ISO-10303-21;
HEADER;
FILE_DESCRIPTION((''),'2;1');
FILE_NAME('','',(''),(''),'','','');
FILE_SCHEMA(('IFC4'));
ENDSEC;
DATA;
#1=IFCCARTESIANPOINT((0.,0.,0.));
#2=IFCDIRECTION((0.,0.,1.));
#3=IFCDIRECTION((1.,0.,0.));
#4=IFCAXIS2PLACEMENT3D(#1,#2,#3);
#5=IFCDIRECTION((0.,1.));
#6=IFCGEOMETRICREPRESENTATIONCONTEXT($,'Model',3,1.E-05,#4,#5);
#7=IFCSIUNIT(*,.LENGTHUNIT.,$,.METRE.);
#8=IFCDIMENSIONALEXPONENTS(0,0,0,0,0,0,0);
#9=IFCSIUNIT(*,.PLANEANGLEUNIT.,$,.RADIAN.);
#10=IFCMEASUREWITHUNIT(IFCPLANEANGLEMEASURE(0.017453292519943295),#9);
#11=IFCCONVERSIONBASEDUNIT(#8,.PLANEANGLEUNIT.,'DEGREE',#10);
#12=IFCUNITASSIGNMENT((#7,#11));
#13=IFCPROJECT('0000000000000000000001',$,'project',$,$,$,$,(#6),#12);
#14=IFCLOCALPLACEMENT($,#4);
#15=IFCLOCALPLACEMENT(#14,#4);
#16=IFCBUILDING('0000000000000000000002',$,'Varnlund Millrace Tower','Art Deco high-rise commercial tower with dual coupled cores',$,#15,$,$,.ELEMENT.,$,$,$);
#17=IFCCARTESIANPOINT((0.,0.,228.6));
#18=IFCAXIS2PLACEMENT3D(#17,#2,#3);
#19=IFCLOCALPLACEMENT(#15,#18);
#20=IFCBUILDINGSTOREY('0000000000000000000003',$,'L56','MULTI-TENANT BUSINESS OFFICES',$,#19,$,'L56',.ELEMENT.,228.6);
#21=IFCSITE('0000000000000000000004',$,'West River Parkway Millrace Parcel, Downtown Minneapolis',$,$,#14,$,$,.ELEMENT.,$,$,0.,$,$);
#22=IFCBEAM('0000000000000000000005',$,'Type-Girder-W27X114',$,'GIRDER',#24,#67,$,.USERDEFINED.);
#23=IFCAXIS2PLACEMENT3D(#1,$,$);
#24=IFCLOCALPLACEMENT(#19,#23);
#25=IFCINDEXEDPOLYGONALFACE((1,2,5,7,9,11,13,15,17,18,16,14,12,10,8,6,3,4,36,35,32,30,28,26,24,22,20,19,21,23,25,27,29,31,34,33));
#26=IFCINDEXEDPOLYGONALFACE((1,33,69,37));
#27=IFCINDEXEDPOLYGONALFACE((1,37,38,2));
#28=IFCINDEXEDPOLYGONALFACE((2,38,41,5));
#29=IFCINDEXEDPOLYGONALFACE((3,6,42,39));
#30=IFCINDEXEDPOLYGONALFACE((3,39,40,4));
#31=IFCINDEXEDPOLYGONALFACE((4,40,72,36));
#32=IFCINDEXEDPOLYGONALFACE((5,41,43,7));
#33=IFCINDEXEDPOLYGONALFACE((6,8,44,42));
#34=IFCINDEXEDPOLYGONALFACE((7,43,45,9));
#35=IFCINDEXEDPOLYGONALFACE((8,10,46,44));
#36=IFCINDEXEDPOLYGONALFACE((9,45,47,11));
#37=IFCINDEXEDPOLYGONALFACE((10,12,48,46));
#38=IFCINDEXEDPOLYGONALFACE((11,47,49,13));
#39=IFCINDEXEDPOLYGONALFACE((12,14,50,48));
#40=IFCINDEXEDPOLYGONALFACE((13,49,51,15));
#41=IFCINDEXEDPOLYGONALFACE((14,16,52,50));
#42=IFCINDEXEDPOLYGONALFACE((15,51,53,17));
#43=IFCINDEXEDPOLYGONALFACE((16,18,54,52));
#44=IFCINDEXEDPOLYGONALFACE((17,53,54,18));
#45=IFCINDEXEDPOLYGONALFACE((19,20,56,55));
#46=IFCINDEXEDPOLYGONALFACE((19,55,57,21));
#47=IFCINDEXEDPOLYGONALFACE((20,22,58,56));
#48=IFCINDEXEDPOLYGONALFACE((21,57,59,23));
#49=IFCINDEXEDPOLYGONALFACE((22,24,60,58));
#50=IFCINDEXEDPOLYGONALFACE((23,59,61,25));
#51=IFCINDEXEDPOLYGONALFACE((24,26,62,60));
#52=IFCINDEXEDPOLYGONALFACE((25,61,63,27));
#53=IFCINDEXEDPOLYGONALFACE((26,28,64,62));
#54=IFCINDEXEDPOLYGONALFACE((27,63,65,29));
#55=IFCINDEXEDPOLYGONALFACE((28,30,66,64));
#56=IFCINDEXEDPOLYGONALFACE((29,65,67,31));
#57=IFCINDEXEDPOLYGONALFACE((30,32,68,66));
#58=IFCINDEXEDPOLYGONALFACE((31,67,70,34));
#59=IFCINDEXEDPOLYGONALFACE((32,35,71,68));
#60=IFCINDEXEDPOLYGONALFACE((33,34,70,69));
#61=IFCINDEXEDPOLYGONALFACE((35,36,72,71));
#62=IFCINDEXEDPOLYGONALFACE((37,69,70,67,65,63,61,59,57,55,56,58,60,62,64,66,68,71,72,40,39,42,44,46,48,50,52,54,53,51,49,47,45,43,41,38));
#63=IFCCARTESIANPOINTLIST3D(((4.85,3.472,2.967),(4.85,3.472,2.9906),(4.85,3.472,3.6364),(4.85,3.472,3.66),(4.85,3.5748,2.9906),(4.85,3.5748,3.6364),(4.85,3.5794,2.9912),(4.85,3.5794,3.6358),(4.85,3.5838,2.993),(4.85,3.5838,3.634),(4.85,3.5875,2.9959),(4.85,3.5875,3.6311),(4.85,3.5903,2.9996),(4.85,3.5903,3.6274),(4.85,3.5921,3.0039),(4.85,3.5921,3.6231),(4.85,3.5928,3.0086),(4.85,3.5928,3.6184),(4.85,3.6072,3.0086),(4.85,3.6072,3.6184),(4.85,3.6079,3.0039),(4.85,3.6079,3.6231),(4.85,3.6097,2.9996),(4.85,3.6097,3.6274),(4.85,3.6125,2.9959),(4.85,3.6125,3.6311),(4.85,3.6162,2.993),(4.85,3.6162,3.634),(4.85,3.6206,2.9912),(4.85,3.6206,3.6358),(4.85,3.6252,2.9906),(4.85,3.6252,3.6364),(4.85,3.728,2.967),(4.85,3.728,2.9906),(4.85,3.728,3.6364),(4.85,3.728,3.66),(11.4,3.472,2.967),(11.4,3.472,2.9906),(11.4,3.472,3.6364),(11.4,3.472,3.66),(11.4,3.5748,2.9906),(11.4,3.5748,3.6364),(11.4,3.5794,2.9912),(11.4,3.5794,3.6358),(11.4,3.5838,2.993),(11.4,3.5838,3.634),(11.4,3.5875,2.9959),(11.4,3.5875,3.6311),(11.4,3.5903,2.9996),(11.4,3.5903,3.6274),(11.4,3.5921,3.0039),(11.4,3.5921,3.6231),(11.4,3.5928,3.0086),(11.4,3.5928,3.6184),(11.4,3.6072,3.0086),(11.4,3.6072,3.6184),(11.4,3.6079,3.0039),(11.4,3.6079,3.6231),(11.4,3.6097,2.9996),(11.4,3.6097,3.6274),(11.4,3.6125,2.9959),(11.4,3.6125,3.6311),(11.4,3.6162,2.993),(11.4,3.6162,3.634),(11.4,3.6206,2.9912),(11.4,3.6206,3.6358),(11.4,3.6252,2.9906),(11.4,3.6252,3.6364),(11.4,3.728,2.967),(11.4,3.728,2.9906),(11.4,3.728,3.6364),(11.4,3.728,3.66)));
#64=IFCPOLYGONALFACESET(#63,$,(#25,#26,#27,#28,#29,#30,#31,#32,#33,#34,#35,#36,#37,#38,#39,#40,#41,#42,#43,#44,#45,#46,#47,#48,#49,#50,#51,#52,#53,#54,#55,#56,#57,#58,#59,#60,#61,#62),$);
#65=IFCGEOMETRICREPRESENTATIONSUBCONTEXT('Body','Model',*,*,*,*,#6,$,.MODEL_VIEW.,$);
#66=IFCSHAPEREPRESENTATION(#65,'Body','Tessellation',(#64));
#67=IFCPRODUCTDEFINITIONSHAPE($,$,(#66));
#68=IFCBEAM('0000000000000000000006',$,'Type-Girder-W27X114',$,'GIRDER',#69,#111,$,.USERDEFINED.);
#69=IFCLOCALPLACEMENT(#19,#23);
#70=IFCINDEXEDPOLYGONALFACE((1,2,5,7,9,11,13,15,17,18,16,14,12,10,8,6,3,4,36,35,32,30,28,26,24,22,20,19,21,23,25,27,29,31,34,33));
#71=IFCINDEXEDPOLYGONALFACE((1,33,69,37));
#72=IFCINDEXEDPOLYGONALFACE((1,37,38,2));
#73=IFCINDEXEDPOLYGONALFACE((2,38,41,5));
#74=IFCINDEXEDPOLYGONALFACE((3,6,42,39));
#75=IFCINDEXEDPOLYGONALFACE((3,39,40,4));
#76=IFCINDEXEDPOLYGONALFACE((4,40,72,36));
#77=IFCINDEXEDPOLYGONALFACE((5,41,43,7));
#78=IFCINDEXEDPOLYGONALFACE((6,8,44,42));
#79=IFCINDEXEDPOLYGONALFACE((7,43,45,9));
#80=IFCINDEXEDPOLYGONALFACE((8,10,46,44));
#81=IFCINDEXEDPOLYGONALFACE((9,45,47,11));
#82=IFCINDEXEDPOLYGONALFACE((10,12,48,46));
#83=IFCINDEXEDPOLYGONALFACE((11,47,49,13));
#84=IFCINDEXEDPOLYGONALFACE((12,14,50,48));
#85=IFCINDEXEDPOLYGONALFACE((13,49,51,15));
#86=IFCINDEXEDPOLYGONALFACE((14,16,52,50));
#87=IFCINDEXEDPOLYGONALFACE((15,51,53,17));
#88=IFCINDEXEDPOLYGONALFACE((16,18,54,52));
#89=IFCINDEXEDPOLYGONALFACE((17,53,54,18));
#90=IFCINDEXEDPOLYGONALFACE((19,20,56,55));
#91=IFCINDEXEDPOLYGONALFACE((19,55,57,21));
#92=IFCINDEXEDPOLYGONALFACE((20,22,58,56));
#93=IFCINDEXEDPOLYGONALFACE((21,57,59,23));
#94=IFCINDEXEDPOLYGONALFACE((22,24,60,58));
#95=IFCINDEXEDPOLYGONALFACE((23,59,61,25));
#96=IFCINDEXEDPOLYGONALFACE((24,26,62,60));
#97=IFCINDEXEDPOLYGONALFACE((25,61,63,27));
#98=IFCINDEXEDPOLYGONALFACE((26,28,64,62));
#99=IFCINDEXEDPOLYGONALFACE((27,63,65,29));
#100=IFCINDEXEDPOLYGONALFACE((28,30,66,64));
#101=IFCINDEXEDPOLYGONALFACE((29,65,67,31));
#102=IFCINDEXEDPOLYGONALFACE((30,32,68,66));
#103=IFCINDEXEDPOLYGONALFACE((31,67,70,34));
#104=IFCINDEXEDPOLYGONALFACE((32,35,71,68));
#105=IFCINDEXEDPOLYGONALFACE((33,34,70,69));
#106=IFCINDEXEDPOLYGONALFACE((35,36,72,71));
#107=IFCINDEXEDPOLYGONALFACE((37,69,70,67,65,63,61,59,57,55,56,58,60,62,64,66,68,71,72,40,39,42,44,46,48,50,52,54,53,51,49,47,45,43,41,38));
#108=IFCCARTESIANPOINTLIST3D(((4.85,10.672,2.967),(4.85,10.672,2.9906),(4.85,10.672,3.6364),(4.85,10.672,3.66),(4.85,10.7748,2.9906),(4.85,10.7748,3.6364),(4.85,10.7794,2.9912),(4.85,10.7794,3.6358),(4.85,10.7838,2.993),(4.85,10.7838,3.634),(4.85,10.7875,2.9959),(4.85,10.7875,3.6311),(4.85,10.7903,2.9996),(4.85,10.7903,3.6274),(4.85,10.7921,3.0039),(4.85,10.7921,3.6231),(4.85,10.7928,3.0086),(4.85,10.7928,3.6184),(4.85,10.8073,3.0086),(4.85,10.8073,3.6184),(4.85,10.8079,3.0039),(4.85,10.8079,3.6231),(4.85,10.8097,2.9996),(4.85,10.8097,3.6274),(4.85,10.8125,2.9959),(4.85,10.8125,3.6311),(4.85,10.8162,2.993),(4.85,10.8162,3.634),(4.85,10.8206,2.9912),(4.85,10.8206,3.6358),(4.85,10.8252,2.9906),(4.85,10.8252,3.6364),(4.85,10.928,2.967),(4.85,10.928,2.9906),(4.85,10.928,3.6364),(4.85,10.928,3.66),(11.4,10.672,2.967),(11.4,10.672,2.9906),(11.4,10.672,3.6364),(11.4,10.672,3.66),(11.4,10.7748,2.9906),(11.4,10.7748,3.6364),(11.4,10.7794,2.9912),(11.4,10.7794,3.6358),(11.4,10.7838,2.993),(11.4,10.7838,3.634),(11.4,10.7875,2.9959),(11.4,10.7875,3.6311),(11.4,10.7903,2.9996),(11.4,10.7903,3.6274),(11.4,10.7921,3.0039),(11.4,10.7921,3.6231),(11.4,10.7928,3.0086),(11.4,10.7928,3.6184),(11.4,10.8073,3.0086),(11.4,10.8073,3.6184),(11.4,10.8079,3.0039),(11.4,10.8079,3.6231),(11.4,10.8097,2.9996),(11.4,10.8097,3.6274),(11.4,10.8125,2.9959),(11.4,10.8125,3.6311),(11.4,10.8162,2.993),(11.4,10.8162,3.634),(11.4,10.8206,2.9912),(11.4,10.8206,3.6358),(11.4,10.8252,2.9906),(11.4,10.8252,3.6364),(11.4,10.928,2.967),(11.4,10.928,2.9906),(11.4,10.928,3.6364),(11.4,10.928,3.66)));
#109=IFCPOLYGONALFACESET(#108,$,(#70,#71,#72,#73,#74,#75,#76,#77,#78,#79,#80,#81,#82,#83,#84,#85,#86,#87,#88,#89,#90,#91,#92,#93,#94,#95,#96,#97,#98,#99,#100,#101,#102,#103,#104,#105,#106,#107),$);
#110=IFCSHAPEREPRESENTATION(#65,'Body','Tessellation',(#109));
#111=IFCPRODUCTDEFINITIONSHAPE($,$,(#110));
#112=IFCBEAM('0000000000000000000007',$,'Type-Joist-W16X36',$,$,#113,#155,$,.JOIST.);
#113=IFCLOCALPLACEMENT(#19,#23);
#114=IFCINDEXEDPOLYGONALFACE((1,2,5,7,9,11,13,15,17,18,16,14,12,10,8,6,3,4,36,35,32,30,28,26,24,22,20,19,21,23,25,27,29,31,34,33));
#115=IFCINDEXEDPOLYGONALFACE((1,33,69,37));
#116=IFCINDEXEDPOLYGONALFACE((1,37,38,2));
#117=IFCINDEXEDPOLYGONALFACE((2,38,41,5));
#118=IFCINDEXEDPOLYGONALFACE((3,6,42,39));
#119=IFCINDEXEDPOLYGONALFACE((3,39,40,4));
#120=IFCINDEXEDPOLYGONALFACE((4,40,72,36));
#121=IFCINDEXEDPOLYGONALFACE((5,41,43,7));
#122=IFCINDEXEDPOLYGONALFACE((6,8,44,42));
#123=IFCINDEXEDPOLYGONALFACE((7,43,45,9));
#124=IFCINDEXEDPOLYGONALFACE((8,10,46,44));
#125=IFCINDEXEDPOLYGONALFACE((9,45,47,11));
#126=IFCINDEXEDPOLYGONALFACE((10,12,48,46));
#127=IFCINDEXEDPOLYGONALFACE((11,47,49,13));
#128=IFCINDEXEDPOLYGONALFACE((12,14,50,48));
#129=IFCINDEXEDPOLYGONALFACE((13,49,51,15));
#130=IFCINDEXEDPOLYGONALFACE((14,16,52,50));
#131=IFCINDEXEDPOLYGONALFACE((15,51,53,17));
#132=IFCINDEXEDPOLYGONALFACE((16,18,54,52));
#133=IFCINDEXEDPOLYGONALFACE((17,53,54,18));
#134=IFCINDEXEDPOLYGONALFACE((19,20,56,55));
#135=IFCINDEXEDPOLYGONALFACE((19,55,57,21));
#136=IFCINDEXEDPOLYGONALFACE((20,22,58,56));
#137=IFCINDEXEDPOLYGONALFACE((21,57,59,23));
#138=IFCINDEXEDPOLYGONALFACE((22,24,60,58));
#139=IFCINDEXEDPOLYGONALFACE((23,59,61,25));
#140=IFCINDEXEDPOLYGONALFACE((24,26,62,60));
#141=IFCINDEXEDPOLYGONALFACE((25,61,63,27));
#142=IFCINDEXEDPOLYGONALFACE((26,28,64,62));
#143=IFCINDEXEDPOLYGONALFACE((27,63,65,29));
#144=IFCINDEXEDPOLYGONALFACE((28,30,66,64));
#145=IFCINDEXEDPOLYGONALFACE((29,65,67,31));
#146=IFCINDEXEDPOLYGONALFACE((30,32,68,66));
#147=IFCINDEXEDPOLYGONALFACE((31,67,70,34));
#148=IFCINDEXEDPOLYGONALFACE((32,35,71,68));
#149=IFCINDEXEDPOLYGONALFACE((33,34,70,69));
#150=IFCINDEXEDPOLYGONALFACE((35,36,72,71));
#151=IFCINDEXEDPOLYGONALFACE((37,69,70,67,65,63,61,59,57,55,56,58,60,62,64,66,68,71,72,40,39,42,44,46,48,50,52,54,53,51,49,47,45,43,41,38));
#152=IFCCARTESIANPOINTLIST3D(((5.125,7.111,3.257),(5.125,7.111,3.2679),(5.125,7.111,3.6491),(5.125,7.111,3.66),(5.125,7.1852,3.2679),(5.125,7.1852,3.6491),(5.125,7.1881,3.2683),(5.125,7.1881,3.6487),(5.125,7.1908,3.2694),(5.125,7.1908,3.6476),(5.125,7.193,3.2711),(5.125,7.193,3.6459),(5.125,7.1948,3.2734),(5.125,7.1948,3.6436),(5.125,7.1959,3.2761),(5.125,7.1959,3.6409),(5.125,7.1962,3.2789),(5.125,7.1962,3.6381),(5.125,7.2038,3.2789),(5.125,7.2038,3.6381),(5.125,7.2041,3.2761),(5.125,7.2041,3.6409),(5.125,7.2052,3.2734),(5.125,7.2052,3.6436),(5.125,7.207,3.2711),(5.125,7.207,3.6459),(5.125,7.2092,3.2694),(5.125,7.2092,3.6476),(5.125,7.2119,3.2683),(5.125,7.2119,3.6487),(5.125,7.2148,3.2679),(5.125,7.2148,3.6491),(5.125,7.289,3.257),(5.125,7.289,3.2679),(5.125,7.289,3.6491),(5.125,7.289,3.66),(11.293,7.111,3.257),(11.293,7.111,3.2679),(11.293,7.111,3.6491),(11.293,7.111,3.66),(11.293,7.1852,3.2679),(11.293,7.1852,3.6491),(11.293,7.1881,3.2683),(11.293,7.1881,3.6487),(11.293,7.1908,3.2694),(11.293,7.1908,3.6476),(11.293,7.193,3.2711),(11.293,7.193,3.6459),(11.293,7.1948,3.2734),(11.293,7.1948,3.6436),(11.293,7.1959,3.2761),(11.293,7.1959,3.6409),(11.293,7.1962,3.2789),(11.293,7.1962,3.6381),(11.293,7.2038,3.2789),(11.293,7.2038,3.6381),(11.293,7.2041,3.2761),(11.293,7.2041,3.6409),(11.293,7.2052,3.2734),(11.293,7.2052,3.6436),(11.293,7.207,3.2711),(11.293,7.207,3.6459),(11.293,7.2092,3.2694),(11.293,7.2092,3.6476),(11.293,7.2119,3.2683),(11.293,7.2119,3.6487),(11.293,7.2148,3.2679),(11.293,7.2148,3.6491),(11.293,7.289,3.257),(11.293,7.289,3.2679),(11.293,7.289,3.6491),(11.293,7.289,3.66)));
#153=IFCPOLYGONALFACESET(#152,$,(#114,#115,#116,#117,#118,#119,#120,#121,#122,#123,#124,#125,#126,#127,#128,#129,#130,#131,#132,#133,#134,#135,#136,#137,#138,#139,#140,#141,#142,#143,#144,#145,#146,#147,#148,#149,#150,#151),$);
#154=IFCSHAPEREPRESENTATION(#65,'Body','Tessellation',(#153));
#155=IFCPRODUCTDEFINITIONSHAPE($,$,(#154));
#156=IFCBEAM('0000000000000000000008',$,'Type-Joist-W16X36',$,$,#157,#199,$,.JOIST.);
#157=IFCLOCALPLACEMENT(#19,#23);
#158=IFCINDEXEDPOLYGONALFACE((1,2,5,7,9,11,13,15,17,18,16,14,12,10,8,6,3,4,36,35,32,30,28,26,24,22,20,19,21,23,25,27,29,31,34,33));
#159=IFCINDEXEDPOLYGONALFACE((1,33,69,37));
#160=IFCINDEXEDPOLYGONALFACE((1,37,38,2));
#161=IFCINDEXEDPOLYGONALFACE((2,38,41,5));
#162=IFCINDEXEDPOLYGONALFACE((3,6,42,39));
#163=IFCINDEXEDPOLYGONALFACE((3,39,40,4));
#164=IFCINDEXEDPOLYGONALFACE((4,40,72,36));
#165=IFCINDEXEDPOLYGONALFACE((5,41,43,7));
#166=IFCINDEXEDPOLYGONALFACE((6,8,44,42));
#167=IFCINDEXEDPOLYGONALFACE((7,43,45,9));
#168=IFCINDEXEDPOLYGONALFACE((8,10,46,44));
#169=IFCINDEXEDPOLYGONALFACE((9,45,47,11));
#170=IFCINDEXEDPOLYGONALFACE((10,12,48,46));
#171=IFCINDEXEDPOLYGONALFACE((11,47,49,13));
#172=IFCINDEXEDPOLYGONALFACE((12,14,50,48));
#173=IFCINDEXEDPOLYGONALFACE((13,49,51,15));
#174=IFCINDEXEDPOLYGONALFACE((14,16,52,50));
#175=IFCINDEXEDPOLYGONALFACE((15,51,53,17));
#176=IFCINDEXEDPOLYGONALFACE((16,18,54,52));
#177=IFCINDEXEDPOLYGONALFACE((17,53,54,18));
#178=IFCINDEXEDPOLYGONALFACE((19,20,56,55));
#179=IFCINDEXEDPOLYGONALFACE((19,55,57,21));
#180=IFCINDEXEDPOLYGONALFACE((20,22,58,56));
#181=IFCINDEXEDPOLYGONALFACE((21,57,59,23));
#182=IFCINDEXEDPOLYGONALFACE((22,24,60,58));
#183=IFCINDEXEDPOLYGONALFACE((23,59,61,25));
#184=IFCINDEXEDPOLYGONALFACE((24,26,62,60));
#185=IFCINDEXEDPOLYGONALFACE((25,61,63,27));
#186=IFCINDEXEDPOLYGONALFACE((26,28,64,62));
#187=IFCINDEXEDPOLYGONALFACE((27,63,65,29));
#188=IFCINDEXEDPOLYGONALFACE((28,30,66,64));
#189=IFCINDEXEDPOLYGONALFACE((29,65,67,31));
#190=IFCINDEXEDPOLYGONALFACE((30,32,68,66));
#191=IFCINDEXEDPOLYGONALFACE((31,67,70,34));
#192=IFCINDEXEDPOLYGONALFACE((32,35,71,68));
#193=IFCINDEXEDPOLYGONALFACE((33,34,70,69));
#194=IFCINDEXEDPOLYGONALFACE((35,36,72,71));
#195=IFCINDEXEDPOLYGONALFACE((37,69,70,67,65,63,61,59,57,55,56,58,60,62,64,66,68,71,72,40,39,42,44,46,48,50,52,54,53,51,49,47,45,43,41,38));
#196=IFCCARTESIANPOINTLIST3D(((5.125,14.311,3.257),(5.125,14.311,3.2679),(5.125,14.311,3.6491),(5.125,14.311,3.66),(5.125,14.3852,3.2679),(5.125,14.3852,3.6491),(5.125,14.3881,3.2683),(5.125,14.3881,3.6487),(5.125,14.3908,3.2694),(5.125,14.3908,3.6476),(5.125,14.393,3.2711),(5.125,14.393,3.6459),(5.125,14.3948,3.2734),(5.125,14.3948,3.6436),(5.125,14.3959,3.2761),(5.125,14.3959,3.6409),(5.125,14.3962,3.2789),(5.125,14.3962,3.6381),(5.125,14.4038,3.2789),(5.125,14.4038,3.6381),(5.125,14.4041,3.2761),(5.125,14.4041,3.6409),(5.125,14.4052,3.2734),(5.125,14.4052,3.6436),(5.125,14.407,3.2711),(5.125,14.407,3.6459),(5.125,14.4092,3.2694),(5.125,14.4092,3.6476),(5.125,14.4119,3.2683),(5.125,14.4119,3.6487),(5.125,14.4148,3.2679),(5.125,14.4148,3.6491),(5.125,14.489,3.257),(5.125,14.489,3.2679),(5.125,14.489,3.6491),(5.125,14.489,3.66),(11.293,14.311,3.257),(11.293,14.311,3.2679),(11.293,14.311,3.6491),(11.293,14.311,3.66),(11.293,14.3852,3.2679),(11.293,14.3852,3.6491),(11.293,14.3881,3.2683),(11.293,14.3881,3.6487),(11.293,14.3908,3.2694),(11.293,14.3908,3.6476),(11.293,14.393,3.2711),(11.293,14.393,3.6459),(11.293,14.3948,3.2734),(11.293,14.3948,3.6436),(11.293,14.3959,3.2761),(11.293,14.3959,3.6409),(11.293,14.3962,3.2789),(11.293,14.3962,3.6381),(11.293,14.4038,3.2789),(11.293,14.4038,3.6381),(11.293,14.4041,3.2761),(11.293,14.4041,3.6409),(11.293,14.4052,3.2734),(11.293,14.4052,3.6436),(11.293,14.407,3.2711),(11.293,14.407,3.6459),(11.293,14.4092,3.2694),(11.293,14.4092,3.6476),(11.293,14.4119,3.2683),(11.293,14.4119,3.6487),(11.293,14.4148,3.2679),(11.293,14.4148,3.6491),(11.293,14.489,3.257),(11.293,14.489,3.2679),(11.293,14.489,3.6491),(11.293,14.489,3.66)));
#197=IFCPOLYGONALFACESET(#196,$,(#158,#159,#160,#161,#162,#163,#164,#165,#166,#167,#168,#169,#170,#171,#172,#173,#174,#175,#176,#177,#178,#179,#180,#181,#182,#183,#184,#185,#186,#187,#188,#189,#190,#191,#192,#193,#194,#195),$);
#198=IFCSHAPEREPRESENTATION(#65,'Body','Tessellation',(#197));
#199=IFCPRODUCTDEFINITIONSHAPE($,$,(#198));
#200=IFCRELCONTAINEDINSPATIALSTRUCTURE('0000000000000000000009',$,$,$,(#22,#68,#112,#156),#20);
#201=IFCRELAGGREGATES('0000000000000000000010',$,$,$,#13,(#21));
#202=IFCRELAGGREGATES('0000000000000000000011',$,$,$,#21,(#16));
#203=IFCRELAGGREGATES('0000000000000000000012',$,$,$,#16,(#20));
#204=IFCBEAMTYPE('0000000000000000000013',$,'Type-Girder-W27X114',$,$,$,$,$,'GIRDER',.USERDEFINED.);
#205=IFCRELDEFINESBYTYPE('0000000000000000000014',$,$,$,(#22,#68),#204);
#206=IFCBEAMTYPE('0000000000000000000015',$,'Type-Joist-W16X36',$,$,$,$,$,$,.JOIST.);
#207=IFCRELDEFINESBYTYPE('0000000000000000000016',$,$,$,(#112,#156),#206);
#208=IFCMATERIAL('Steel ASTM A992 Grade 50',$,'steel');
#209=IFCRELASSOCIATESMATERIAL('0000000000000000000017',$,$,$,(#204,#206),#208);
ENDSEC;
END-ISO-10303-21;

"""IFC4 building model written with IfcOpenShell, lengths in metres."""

from ifc_helpers import new_model, entity, si_unit, converted_unit, direction, frame, origin_with_axes, origin_2d_with_axis, place, context, subcontext, project, spatial, i_section, extrude, material, material_profile, profile_set, type_object, element, save


model = new_model("IFC4")

# Units and contexts
model_context = context("Model", 3, precision=1e-05, world=origin_with_axes(), true_north=direction((0.0, 1.0)))
body_context = subcontext(model_context, "Body", "Model", "MODEL_VIEW")
ifc_project = project(units=[si_unit("LENGTHUNIT", "METRE"), converted_unit("PLANEANGLEUNIT", "DEGREE", entity("IfcPlaneAngleMeasure", 0.017453292519943295), si_unit("PLANEANGLEUNIT", "RADIAN"), dimensions=[0, 0, 0, 0, 0, 0, 0])], contexts=[model_context])

# Site, building, storey
site_placement = place(None, origin_with_axes())
site = spatial("IfcSite", under=ifc_project, at=site_placement, Name="West River Parkway Millrace Parcel, Downtown Minneapolis", CompositionType="ELEMENT", RefElevation=0.0)
building_placement = place(site_placement, origin_with_axes())
building = spatial("IfcBuilding", under=site, at=building_placement, Name="Varnlund Millrace Tower", Description="Art Deco high-rise commercial tower with dual coupled cores", CompositionType="ELEMENT")
storey_placement = place(building_placement, frame((0.0, 0.0, 228.6), z_axis=(0.0, 0.0, 1.0), x_axis=(1.0, 0.0, 0.0)))
storey = spatial("IfcBuildingStorey", under=building, at=storey_placement, Name="L56", Description="MULTI-TENANT BUSINESS OFFICES", LongName="L56", CompositionType="ELEMENT", Elevation=228.6)

# Beams
ifc_material_1 = material(Name="Steel ASTM A992 Grade 50", Category="steel")
ifc_material_profile_1 = material_profile(ifc_material_1, i_section(OverallWidth=0.256, OverallDepth=0.693, WebThickness=0.0145, FlangeThickness=0.0236, FilletRadius=0.018, at=origin_2d_with_axis()), Name="Steel ASTM A992 Grade 50")
ifc_profile_set_1 = profile_set([ifc_material_profile_1], Name="Steel ASTM A992 Grade 50")
beam_type_1 = type_object("IfcBeamType", Name="Type-Girder-W27X114", ElementType="GIRDER", PredefinedType="USERDEFINED", material=ifc_profile_set_1)
for number, where, z_axis, x_axis, name in (
    (1, (4.85, 3.6, 3.3135), (1.0, 0.0, 0.0), (0.0, 1.0, 0.0), "Type-Girder-W27X114"),
    (2, (4.85, 10.8, 3.3135), (1.0, 0.0, 0.0), (0.0, 1.0, 0.0), "Type-Girder-W27X114"),
):
    element("IfcBeam", number, at=place(storey_placement, frame(where, z_axis=z_axis, x_axis=x_axis)), inside=storey, type_object=beam_type_1, Name=name, ObjectType="GIRDER", PredefinedType="USERDEFINED", context=body_context, shape_type="SweptSolid", body=[
        extrude(i_section(OverallWidth=0.256, OverallDepth=0.693, WebThickness=0.0145, FlangeThickness=0.0236, FilletRadius=0.018, at=origin_2d_with_axis()), origin_with_axes(), (0.0, 0.0, 1.0), 6.55),
    ])
ifc_material_profile_2 = material_profile(ifc_material_1, i_section(OverallWidth=0.178, OverallDepth=0.403, WebThickness=0.0075, FlangeThickness=0.0109, FilletRadius=0.011, at=origin_2d_with_axis()), Name="Steel ASTM A992 Grade 50")
ifc_profile_set_2 = profile_set([ifc_material_profile_2], Name="Steel ASTM A992 Grade 50")
beam_type_2 = type_object("IfcBeamType", Name="Type-Joist-W16X36", PredefinedType="JOIST", material=ifc_profile_set_2)
for number, where, z_axis, x_axis, name in (
    (3, (5.125, 7.2, 3.4585), (1.0, 0.0, 0.0), (0.0, 1.0, 0.0), "Type-Joist-W16X36"),
    (4, (5.125, 14.4, 3.4585), (1.0, 0.0, 0.0), (0.0, 1.0, 0.0), "Type-Joist-W16X36"),
):
    element("IfcBeam", number, at=place(storey_placement, frame(where, z_axis=z_axis, x_axis=x_axis)), inside=storey, type_object=beam_type_2, Name=name, PredefinedType="JOIST", context=body_context, shape_type="SweptSolid", body=[
        extrude(i_section(OverallWidth=0.178, OverallDepth=0.403, WebThickness=0.0075, FlangeThickness=0.0109, FilletRadius=0.011, at=origin_2d_with_axis()), origin_with_axes(), (0.0, 0.0, 1.0), 6.168),
    ])

save(model, "model.ifc")
